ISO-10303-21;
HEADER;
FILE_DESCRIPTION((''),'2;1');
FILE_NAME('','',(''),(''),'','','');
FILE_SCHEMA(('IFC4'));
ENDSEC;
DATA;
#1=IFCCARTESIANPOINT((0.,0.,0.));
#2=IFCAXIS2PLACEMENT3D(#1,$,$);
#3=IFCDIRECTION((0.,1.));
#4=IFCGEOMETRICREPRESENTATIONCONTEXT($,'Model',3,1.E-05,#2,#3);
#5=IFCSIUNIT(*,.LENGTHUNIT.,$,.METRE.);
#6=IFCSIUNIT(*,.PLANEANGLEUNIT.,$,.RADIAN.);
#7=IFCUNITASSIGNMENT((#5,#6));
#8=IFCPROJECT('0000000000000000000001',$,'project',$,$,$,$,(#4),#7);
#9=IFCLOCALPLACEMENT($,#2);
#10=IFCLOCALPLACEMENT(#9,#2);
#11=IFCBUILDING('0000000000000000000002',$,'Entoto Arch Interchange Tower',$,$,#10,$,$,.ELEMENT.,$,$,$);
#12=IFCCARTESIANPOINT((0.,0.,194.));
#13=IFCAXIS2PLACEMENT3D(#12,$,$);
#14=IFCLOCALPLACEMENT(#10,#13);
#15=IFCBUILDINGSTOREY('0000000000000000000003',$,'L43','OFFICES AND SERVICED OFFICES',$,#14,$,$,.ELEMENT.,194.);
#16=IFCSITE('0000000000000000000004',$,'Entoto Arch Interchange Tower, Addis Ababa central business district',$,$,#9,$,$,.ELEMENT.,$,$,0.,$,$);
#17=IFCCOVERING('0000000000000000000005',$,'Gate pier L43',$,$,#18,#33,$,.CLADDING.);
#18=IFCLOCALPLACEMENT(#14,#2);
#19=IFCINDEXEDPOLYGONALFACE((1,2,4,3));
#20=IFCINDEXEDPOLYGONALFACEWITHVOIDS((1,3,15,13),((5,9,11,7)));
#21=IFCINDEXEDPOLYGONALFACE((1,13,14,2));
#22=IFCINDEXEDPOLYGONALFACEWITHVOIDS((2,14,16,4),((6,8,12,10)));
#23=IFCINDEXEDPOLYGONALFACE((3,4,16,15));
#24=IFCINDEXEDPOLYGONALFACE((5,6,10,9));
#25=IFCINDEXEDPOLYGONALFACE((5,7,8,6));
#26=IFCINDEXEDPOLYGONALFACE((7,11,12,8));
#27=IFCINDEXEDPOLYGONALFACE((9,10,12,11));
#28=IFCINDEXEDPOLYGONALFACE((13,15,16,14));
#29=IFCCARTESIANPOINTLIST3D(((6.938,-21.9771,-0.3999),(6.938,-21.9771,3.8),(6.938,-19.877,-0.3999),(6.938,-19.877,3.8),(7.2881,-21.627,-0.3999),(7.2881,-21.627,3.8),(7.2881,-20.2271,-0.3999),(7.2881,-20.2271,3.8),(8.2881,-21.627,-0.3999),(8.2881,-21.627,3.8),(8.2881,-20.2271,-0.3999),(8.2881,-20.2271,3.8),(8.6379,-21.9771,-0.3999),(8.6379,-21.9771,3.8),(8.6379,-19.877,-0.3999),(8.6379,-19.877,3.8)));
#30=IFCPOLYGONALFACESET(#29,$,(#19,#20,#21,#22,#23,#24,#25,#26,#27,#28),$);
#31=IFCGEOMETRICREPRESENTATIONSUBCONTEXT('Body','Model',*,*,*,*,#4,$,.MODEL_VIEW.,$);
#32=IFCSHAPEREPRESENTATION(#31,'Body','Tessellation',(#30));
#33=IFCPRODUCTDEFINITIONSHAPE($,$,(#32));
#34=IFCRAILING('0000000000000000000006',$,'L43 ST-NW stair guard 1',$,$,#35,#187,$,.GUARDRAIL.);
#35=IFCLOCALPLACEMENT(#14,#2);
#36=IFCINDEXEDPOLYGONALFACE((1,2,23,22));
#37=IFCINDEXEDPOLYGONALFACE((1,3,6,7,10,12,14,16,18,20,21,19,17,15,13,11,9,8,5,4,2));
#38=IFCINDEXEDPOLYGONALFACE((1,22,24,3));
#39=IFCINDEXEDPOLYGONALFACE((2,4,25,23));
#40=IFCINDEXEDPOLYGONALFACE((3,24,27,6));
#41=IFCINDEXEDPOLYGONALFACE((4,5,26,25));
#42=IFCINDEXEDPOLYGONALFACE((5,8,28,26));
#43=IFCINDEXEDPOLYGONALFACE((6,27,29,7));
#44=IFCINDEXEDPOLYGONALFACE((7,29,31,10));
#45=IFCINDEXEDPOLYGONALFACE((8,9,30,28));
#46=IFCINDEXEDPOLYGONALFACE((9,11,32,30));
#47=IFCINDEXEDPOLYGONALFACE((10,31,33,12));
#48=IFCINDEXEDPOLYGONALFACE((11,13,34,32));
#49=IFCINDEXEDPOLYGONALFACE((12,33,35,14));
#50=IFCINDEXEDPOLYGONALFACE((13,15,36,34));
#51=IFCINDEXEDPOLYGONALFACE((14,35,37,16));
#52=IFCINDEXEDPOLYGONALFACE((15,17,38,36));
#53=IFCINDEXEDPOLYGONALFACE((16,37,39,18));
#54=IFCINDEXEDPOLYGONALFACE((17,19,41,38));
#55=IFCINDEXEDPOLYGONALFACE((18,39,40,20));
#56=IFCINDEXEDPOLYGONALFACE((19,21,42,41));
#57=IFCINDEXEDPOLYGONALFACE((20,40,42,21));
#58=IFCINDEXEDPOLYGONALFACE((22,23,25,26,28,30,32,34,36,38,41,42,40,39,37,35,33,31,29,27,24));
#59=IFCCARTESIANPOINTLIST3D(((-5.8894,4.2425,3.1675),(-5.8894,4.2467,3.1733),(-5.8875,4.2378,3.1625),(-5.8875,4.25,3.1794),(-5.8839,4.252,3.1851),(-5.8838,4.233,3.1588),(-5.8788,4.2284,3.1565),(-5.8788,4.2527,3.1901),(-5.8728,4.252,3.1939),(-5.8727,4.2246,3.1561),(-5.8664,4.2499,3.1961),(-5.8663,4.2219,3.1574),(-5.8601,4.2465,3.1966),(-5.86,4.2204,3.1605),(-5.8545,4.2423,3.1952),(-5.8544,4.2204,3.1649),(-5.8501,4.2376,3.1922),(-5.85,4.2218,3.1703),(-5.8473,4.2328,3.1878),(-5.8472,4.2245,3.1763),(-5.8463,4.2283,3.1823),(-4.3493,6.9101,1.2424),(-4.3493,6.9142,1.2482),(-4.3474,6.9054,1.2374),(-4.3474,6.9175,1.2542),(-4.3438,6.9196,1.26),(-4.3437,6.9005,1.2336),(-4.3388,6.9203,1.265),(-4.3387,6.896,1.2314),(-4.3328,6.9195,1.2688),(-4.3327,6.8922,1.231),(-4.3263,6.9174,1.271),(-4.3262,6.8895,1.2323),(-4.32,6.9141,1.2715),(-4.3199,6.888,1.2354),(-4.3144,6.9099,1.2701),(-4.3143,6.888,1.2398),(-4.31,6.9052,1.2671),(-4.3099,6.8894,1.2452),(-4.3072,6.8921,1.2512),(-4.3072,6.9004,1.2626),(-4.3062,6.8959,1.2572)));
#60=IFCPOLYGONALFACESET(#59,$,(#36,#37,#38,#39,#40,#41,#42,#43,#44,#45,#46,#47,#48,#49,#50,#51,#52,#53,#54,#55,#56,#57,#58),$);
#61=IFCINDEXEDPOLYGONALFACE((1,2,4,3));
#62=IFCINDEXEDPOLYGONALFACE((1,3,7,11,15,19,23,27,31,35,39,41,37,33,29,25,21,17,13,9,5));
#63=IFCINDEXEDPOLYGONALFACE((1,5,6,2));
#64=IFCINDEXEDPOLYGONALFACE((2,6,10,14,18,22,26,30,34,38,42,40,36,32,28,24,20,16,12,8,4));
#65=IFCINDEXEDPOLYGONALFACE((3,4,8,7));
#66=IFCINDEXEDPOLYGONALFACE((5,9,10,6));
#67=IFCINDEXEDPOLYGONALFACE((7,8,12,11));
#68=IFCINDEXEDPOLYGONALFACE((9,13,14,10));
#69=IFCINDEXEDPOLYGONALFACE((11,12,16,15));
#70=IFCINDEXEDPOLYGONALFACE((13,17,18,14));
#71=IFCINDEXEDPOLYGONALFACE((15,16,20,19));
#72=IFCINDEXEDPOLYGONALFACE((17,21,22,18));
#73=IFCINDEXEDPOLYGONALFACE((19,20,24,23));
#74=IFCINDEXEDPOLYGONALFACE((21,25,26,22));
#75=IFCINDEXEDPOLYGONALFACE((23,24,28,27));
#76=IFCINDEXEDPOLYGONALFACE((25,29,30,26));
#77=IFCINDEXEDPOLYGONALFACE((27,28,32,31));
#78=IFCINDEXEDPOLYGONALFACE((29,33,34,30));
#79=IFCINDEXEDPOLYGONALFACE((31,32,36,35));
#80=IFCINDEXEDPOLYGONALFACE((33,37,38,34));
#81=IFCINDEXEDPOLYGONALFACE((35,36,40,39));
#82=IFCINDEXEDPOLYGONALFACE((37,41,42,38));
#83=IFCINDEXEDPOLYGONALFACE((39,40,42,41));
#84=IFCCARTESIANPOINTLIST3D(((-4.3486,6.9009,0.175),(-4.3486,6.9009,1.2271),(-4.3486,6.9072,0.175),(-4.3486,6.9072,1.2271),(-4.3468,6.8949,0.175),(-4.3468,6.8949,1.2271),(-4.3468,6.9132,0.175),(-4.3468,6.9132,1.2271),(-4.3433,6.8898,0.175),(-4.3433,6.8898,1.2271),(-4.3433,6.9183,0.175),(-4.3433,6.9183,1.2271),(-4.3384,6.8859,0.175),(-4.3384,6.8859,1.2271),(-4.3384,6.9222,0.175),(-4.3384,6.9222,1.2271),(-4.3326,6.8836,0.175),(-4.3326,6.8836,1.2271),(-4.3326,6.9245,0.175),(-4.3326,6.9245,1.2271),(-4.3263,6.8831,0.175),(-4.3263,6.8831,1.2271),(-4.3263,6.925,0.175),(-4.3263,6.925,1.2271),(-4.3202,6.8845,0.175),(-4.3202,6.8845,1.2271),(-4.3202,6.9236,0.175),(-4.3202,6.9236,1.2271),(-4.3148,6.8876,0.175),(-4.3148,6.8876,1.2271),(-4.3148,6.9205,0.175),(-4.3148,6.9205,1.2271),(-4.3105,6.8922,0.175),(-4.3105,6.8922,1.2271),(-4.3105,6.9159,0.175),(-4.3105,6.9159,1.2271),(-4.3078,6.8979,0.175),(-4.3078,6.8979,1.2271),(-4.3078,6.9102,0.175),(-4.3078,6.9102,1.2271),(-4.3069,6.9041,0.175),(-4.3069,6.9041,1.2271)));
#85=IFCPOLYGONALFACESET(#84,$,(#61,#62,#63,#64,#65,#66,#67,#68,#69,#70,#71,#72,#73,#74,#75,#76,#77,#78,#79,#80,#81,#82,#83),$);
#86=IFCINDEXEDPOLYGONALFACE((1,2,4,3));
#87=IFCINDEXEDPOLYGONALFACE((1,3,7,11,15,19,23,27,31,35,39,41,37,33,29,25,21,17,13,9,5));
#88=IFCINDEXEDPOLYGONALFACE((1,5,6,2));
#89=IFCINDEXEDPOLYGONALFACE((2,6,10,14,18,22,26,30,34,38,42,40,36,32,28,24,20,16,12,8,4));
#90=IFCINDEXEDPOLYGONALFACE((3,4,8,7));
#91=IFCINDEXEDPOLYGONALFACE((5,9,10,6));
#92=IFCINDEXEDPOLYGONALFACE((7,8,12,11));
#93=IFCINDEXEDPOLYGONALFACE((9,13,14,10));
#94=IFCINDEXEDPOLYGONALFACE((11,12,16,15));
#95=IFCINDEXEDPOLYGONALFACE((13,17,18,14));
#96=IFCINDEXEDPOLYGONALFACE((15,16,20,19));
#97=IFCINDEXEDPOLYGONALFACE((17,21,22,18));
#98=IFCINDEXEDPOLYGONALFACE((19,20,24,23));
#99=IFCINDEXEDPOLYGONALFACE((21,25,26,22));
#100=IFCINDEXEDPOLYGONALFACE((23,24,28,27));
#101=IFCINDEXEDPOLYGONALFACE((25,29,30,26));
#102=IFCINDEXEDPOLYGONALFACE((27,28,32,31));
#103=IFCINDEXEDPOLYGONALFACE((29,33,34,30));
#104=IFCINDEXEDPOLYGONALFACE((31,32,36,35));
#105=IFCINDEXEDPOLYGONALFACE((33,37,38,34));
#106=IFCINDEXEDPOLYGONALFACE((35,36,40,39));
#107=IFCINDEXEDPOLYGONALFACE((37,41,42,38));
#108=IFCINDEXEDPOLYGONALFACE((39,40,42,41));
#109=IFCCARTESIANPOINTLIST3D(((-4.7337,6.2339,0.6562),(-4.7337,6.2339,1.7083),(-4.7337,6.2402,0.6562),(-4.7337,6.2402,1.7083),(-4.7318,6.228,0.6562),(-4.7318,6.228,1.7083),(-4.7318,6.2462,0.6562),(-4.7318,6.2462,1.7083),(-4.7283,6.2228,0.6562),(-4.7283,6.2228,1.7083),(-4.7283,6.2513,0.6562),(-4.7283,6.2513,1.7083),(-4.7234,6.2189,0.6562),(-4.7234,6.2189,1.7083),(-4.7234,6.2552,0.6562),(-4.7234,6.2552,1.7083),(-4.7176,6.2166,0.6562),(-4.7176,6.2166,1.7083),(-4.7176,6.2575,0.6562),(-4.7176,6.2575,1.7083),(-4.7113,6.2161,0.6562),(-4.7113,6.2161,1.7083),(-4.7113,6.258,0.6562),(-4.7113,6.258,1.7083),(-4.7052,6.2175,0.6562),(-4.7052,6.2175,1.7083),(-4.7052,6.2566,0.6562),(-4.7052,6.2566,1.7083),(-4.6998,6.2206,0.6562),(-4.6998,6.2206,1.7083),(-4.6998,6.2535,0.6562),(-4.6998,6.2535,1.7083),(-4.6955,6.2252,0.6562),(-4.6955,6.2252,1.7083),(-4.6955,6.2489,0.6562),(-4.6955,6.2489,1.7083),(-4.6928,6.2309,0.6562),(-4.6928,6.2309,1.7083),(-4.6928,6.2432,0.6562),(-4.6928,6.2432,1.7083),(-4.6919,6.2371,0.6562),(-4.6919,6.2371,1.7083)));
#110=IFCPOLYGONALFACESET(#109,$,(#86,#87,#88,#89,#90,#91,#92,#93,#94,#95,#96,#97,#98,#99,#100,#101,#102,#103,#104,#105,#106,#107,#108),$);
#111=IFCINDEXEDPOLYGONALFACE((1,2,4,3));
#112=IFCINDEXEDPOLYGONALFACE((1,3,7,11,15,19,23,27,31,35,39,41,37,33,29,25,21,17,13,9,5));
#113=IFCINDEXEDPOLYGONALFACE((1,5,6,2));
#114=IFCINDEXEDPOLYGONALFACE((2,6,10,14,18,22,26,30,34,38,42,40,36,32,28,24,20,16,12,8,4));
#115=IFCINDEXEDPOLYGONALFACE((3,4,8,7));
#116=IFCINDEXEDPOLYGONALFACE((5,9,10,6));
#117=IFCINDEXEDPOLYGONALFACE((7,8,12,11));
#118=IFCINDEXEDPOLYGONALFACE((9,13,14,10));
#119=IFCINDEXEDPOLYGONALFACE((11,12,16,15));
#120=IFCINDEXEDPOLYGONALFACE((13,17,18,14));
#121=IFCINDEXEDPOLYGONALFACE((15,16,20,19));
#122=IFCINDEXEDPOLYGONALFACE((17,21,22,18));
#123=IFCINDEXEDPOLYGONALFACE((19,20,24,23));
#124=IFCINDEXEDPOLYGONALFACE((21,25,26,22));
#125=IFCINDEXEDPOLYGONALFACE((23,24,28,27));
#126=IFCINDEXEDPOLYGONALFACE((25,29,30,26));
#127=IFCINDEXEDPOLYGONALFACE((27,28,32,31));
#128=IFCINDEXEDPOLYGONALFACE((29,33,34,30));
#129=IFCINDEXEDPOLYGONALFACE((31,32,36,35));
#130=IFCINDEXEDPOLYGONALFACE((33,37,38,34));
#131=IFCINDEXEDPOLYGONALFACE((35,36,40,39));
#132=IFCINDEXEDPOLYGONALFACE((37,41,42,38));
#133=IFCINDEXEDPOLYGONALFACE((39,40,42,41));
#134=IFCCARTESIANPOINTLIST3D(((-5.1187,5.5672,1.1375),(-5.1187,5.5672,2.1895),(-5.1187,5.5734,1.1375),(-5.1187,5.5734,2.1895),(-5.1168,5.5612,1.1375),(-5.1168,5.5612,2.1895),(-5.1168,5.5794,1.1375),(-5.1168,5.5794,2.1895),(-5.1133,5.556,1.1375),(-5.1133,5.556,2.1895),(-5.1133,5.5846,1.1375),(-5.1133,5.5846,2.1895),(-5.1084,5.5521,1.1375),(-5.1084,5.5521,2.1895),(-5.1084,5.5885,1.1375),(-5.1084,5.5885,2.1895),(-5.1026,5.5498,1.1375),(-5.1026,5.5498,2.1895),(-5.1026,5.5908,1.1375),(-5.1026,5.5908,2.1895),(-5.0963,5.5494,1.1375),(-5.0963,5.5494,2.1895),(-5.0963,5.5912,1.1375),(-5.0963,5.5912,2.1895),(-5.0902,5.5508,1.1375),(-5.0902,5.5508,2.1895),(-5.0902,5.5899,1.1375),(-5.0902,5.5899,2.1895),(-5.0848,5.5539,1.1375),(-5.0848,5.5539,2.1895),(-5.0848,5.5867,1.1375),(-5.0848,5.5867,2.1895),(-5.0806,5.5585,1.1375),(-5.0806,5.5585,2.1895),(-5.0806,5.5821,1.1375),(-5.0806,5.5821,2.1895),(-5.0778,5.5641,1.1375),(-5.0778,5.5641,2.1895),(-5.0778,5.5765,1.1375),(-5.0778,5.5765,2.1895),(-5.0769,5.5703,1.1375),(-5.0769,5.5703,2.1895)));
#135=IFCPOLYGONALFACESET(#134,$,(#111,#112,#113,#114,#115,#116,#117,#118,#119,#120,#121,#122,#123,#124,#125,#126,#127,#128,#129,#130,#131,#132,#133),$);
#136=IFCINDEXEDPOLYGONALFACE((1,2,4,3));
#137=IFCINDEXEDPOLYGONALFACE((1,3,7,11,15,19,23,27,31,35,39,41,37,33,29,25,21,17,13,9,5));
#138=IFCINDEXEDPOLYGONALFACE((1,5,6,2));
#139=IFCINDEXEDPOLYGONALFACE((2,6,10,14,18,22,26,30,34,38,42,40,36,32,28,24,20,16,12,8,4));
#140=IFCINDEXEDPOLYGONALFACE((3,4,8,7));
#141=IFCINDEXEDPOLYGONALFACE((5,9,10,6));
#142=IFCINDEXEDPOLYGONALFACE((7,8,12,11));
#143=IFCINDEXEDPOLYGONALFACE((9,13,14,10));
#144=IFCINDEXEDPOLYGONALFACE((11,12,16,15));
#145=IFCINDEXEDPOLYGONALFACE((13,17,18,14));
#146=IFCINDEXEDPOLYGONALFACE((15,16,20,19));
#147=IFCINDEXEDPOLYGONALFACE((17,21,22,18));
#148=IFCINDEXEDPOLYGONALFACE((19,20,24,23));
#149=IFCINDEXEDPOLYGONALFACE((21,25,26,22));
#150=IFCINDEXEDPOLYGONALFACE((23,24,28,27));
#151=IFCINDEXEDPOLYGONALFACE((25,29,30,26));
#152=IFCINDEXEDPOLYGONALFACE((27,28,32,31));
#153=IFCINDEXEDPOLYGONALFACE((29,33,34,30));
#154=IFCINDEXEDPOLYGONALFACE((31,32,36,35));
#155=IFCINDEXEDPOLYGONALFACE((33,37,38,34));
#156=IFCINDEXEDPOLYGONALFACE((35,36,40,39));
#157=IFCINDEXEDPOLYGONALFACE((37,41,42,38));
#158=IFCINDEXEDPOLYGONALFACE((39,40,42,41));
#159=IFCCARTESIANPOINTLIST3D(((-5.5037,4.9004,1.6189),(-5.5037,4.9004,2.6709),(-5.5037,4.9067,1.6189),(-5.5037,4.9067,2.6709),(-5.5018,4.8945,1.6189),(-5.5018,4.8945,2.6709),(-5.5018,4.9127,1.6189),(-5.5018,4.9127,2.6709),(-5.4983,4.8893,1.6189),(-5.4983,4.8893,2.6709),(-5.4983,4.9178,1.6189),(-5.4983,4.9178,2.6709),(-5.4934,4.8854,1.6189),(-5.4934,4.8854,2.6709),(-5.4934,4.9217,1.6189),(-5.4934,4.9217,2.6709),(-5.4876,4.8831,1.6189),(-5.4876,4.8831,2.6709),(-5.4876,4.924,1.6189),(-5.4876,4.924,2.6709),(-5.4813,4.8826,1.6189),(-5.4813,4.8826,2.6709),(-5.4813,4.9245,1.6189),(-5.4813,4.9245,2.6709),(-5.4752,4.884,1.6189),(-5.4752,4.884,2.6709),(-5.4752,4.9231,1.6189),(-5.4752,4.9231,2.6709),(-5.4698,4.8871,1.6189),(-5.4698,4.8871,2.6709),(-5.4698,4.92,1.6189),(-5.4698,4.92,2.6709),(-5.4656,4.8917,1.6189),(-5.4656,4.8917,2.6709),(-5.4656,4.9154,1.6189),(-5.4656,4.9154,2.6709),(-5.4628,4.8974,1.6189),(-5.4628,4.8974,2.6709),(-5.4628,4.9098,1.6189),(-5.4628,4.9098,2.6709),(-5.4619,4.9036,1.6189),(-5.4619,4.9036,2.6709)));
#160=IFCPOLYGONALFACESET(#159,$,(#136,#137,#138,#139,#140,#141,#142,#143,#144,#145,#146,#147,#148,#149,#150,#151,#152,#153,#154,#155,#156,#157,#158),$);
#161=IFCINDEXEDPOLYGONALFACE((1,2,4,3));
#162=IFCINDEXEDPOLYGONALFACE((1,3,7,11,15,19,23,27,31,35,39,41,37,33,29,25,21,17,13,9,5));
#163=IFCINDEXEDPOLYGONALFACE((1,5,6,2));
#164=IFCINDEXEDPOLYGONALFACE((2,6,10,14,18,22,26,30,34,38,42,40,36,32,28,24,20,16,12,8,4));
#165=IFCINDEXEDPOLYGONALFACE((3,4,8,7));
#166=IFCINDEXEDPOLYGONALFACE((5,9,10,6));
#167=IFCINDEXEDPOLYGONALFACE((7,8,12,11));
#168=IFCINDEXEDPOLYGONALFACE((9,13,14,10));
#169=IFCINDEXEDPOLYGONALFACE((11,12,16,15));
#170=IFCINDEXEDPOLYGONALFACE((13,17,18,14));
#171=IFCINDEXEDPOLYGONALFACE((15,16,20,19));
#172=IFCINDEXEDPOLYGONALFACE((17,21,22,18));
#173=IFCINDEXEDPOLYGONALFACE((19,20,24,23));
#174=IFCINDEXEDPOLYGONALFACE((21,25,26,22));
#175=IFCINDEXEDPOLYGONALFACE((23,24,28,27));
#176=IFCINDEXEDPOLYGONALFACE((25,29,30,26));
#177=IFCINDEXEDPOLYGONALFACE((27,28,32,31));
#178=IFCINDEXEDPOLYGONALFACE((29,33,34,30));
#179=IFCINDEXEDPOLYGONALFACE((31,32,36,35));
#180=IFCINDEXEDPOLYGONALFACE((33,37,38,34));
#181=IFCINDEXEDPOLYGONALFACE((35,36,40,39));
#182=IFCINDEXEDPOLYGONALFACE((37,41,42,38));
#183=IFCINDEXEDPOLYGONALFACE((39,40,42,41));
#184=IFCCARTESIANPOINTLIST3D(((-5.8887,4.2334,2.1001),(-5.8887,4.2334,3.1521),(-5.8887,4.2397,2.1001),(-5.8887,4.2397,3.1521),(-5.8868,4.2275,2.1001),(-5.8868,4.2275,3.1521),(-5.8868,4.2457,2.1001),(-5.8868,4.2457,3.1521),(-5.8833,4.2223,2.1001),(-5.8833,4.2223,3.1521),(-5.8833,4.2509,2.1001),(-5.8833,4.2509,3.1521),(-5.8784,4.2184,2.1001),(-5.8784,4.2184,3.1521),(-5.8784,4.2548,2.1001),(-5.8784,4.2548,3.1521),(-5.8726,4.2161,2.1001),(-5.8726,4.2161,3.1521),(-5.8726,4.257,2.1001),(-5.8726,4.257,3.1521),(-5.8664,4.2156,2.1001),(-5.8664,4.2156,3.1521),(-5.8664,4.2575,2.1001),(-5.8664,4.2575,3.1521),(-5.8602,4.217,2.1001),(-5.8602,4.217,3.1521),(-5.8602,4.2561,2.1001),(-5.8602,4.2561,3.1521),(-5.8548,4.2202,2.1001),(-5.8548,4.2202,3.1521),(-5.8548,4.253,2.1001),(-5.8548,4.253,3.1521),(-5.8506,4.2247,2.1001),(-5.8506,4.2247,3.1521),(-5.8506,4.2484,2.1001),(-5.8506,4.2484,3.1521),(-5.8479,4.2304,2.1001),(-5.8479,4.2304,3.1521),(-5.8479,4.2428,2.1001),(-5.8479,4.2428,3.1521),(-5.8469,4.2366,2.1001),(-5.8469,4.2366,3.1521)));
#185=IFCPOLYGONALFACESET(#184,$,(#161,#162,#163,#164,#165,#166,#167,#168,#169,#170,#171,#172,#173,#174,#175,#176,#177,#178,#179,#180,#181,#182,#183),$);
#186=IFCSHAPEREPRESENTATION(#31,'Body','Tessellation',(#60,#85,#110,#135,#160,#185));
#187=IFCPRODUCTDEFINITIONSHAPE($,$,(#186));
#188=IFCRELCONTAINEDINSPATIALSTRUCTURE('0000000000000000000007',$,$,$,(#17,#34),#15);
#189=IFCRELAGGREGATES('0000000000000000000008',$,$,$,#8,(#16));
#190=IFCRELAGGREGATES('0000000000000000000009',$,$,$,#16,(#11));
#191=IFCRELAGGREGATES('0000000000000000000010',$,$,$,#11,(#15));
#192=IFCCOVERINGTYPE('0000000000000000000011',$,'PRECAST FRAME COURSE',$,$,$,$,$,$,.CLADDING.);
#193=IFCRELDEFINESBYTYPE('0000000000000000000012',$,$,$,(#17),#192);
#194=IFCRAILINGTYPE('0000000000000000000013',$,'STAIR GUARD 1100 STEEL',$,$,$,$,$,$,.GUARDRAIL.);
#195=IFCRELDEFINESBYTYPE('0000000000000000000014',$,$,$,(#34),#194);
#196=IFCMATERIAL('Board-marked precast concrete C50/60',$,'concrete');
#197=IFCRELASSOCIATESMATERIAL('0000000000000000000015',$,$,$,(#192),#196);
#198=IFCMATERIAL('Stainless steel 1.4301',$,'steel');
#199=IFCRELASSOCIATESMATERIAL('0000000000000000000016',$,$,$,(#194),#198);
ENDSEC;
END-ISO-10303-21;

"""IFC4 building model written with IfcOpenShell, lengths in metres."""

from ifc_helpers import new_model, si_unit, direction, frame, origin, origin_2d, place, context, subcontext, project, spatial, polyline, circle, outline, extrude, material, type_object, element, save


model = new_model("IFC4")

# Units and contexts
model_context = context("Model", 3, precision=1e-05, world=origin(), true_north=direction((0.0, 1.0)))
body_context = subcontext(model_context, "Body", "Model", "MODEL_VIEW")
ifc_project = project(units=[si_unit("LENGTHUNIT", "METRE"), si_unit("PLANEANGLEUNIT", "RADIAN")], contexts=[model_context])

# Site, building, storey
site_placement = place(None, origin())
site = spatial("IfcSite", under=ifc_project, at=site_placement, Name="Entoto Arch Interchange Tower, Addis Ababa central business district", CompositionType="ELEMENT", RefElevation=0.0)
building_placement = place(site_placement, origin())
building = spatial("IfcBuilding", under=site, at=building_placement, Name="Entoto Arch Interchange Tower", CompositionType="ELEMENT")
storey_placement = place(building_placement, frame((0.0, 0.0, 194.0)))
storey = spatial("IfcBuildingStorey", under=building, at=storey_placement, Name="L43", Description="OFFICES AND SERVICED OFFICES", CompositionType="ELEMENT", Elevation=194.0)

# Covering
ifc_material_1 = material(Name="Board-marked precast concrete C50/60", Category="concrete")
covering_type = type_object("IfcCoveringType", Name="PRECAST FRAME COURSE", PredefinedType="CLADDING", material=ifc_material_1)
covering_1_placement = place(storey_placement, frame((0.0, 0.0, -0.3999)))
element("IfcCovering", 1, at=covering_1_placement, inside=storey, type_object=covering_type, Name="Gate pier L43", PredefinedType="CLADDING", context=body_context, shape_type="SweptSolid", body=[
    extrude(outline(polyline([(6.938, -19.877), (8.6379, -19.877), (8.6379, -21.9771), (6.938, -21.9771), (6.938, -19.877)]), holes=[polyline([(7.2881, -20.2271), (7.2881, -21.627), (8.2881, -21.627), (8.2881, -20.2271), (7.2881, -20.2271)])]), origin(), (0.0, 0.0, 1.0), 4.2),
])

# Railing
ifc_material_2 = material(Name="Stainless steel 1.4301", Category="steel")
railing_type_1 = type_object("IfcRailingType", Name="STAIR GUARD 1100 STEEL", PredefinedType="GUARDRAIL", material=ifc_material_2)
railing_1_placement = place(storey_placement, frame((-4.3279, 6.9041, 0.175)))
element("IfcRailing", 2, at=railing_1_placement, inside=storey, type_object=railing_type_1, Name="L43 ST-NW stair guard 1", PredefinedType="GUARDRAIL", context=body_context, shape_type="SweptSolid", body=[
    extrude(circle(Radius=0.0239, at=origin_2d()), frame((0.0, 0.0, 1.0762), z_axis=(-0.423994, -0.734395, 0.529993), x_axis=(0.86603, -0.499992, 0.0)), (0.0, 0.0, 1.0), 3.6323),
    extrude(circle(Radius=0.021, at=origin_2d()), origin(), (0.0, 0.0, 1.0), 1.052),
    extrude(circle(Radius=0.021, at=origin_2d()), frame((-0.385, -0.667, 0.4812)), (0.0, 0.0, 1.0), 1.052),
    extrude(circle(Radius=0.021, at=origin_2d()), frame((-0.77, -1.3337, 0.9624)), (0.0, 0.0, 1.0), 1.052),
    extrude(circle(Radius=0.021, at=origin_2d()), frame((-1.155, -2.0005, 1.4438)), (0.0, 0.0, 1.0), 1.052),
    extrude(circle(Radius=0.021, at=origin_2d()), frame((-1.54, -2.6675, 1.925)), (0.0, 0.0, 1.0), 1.052),
])

save(model, "model.ifc")
